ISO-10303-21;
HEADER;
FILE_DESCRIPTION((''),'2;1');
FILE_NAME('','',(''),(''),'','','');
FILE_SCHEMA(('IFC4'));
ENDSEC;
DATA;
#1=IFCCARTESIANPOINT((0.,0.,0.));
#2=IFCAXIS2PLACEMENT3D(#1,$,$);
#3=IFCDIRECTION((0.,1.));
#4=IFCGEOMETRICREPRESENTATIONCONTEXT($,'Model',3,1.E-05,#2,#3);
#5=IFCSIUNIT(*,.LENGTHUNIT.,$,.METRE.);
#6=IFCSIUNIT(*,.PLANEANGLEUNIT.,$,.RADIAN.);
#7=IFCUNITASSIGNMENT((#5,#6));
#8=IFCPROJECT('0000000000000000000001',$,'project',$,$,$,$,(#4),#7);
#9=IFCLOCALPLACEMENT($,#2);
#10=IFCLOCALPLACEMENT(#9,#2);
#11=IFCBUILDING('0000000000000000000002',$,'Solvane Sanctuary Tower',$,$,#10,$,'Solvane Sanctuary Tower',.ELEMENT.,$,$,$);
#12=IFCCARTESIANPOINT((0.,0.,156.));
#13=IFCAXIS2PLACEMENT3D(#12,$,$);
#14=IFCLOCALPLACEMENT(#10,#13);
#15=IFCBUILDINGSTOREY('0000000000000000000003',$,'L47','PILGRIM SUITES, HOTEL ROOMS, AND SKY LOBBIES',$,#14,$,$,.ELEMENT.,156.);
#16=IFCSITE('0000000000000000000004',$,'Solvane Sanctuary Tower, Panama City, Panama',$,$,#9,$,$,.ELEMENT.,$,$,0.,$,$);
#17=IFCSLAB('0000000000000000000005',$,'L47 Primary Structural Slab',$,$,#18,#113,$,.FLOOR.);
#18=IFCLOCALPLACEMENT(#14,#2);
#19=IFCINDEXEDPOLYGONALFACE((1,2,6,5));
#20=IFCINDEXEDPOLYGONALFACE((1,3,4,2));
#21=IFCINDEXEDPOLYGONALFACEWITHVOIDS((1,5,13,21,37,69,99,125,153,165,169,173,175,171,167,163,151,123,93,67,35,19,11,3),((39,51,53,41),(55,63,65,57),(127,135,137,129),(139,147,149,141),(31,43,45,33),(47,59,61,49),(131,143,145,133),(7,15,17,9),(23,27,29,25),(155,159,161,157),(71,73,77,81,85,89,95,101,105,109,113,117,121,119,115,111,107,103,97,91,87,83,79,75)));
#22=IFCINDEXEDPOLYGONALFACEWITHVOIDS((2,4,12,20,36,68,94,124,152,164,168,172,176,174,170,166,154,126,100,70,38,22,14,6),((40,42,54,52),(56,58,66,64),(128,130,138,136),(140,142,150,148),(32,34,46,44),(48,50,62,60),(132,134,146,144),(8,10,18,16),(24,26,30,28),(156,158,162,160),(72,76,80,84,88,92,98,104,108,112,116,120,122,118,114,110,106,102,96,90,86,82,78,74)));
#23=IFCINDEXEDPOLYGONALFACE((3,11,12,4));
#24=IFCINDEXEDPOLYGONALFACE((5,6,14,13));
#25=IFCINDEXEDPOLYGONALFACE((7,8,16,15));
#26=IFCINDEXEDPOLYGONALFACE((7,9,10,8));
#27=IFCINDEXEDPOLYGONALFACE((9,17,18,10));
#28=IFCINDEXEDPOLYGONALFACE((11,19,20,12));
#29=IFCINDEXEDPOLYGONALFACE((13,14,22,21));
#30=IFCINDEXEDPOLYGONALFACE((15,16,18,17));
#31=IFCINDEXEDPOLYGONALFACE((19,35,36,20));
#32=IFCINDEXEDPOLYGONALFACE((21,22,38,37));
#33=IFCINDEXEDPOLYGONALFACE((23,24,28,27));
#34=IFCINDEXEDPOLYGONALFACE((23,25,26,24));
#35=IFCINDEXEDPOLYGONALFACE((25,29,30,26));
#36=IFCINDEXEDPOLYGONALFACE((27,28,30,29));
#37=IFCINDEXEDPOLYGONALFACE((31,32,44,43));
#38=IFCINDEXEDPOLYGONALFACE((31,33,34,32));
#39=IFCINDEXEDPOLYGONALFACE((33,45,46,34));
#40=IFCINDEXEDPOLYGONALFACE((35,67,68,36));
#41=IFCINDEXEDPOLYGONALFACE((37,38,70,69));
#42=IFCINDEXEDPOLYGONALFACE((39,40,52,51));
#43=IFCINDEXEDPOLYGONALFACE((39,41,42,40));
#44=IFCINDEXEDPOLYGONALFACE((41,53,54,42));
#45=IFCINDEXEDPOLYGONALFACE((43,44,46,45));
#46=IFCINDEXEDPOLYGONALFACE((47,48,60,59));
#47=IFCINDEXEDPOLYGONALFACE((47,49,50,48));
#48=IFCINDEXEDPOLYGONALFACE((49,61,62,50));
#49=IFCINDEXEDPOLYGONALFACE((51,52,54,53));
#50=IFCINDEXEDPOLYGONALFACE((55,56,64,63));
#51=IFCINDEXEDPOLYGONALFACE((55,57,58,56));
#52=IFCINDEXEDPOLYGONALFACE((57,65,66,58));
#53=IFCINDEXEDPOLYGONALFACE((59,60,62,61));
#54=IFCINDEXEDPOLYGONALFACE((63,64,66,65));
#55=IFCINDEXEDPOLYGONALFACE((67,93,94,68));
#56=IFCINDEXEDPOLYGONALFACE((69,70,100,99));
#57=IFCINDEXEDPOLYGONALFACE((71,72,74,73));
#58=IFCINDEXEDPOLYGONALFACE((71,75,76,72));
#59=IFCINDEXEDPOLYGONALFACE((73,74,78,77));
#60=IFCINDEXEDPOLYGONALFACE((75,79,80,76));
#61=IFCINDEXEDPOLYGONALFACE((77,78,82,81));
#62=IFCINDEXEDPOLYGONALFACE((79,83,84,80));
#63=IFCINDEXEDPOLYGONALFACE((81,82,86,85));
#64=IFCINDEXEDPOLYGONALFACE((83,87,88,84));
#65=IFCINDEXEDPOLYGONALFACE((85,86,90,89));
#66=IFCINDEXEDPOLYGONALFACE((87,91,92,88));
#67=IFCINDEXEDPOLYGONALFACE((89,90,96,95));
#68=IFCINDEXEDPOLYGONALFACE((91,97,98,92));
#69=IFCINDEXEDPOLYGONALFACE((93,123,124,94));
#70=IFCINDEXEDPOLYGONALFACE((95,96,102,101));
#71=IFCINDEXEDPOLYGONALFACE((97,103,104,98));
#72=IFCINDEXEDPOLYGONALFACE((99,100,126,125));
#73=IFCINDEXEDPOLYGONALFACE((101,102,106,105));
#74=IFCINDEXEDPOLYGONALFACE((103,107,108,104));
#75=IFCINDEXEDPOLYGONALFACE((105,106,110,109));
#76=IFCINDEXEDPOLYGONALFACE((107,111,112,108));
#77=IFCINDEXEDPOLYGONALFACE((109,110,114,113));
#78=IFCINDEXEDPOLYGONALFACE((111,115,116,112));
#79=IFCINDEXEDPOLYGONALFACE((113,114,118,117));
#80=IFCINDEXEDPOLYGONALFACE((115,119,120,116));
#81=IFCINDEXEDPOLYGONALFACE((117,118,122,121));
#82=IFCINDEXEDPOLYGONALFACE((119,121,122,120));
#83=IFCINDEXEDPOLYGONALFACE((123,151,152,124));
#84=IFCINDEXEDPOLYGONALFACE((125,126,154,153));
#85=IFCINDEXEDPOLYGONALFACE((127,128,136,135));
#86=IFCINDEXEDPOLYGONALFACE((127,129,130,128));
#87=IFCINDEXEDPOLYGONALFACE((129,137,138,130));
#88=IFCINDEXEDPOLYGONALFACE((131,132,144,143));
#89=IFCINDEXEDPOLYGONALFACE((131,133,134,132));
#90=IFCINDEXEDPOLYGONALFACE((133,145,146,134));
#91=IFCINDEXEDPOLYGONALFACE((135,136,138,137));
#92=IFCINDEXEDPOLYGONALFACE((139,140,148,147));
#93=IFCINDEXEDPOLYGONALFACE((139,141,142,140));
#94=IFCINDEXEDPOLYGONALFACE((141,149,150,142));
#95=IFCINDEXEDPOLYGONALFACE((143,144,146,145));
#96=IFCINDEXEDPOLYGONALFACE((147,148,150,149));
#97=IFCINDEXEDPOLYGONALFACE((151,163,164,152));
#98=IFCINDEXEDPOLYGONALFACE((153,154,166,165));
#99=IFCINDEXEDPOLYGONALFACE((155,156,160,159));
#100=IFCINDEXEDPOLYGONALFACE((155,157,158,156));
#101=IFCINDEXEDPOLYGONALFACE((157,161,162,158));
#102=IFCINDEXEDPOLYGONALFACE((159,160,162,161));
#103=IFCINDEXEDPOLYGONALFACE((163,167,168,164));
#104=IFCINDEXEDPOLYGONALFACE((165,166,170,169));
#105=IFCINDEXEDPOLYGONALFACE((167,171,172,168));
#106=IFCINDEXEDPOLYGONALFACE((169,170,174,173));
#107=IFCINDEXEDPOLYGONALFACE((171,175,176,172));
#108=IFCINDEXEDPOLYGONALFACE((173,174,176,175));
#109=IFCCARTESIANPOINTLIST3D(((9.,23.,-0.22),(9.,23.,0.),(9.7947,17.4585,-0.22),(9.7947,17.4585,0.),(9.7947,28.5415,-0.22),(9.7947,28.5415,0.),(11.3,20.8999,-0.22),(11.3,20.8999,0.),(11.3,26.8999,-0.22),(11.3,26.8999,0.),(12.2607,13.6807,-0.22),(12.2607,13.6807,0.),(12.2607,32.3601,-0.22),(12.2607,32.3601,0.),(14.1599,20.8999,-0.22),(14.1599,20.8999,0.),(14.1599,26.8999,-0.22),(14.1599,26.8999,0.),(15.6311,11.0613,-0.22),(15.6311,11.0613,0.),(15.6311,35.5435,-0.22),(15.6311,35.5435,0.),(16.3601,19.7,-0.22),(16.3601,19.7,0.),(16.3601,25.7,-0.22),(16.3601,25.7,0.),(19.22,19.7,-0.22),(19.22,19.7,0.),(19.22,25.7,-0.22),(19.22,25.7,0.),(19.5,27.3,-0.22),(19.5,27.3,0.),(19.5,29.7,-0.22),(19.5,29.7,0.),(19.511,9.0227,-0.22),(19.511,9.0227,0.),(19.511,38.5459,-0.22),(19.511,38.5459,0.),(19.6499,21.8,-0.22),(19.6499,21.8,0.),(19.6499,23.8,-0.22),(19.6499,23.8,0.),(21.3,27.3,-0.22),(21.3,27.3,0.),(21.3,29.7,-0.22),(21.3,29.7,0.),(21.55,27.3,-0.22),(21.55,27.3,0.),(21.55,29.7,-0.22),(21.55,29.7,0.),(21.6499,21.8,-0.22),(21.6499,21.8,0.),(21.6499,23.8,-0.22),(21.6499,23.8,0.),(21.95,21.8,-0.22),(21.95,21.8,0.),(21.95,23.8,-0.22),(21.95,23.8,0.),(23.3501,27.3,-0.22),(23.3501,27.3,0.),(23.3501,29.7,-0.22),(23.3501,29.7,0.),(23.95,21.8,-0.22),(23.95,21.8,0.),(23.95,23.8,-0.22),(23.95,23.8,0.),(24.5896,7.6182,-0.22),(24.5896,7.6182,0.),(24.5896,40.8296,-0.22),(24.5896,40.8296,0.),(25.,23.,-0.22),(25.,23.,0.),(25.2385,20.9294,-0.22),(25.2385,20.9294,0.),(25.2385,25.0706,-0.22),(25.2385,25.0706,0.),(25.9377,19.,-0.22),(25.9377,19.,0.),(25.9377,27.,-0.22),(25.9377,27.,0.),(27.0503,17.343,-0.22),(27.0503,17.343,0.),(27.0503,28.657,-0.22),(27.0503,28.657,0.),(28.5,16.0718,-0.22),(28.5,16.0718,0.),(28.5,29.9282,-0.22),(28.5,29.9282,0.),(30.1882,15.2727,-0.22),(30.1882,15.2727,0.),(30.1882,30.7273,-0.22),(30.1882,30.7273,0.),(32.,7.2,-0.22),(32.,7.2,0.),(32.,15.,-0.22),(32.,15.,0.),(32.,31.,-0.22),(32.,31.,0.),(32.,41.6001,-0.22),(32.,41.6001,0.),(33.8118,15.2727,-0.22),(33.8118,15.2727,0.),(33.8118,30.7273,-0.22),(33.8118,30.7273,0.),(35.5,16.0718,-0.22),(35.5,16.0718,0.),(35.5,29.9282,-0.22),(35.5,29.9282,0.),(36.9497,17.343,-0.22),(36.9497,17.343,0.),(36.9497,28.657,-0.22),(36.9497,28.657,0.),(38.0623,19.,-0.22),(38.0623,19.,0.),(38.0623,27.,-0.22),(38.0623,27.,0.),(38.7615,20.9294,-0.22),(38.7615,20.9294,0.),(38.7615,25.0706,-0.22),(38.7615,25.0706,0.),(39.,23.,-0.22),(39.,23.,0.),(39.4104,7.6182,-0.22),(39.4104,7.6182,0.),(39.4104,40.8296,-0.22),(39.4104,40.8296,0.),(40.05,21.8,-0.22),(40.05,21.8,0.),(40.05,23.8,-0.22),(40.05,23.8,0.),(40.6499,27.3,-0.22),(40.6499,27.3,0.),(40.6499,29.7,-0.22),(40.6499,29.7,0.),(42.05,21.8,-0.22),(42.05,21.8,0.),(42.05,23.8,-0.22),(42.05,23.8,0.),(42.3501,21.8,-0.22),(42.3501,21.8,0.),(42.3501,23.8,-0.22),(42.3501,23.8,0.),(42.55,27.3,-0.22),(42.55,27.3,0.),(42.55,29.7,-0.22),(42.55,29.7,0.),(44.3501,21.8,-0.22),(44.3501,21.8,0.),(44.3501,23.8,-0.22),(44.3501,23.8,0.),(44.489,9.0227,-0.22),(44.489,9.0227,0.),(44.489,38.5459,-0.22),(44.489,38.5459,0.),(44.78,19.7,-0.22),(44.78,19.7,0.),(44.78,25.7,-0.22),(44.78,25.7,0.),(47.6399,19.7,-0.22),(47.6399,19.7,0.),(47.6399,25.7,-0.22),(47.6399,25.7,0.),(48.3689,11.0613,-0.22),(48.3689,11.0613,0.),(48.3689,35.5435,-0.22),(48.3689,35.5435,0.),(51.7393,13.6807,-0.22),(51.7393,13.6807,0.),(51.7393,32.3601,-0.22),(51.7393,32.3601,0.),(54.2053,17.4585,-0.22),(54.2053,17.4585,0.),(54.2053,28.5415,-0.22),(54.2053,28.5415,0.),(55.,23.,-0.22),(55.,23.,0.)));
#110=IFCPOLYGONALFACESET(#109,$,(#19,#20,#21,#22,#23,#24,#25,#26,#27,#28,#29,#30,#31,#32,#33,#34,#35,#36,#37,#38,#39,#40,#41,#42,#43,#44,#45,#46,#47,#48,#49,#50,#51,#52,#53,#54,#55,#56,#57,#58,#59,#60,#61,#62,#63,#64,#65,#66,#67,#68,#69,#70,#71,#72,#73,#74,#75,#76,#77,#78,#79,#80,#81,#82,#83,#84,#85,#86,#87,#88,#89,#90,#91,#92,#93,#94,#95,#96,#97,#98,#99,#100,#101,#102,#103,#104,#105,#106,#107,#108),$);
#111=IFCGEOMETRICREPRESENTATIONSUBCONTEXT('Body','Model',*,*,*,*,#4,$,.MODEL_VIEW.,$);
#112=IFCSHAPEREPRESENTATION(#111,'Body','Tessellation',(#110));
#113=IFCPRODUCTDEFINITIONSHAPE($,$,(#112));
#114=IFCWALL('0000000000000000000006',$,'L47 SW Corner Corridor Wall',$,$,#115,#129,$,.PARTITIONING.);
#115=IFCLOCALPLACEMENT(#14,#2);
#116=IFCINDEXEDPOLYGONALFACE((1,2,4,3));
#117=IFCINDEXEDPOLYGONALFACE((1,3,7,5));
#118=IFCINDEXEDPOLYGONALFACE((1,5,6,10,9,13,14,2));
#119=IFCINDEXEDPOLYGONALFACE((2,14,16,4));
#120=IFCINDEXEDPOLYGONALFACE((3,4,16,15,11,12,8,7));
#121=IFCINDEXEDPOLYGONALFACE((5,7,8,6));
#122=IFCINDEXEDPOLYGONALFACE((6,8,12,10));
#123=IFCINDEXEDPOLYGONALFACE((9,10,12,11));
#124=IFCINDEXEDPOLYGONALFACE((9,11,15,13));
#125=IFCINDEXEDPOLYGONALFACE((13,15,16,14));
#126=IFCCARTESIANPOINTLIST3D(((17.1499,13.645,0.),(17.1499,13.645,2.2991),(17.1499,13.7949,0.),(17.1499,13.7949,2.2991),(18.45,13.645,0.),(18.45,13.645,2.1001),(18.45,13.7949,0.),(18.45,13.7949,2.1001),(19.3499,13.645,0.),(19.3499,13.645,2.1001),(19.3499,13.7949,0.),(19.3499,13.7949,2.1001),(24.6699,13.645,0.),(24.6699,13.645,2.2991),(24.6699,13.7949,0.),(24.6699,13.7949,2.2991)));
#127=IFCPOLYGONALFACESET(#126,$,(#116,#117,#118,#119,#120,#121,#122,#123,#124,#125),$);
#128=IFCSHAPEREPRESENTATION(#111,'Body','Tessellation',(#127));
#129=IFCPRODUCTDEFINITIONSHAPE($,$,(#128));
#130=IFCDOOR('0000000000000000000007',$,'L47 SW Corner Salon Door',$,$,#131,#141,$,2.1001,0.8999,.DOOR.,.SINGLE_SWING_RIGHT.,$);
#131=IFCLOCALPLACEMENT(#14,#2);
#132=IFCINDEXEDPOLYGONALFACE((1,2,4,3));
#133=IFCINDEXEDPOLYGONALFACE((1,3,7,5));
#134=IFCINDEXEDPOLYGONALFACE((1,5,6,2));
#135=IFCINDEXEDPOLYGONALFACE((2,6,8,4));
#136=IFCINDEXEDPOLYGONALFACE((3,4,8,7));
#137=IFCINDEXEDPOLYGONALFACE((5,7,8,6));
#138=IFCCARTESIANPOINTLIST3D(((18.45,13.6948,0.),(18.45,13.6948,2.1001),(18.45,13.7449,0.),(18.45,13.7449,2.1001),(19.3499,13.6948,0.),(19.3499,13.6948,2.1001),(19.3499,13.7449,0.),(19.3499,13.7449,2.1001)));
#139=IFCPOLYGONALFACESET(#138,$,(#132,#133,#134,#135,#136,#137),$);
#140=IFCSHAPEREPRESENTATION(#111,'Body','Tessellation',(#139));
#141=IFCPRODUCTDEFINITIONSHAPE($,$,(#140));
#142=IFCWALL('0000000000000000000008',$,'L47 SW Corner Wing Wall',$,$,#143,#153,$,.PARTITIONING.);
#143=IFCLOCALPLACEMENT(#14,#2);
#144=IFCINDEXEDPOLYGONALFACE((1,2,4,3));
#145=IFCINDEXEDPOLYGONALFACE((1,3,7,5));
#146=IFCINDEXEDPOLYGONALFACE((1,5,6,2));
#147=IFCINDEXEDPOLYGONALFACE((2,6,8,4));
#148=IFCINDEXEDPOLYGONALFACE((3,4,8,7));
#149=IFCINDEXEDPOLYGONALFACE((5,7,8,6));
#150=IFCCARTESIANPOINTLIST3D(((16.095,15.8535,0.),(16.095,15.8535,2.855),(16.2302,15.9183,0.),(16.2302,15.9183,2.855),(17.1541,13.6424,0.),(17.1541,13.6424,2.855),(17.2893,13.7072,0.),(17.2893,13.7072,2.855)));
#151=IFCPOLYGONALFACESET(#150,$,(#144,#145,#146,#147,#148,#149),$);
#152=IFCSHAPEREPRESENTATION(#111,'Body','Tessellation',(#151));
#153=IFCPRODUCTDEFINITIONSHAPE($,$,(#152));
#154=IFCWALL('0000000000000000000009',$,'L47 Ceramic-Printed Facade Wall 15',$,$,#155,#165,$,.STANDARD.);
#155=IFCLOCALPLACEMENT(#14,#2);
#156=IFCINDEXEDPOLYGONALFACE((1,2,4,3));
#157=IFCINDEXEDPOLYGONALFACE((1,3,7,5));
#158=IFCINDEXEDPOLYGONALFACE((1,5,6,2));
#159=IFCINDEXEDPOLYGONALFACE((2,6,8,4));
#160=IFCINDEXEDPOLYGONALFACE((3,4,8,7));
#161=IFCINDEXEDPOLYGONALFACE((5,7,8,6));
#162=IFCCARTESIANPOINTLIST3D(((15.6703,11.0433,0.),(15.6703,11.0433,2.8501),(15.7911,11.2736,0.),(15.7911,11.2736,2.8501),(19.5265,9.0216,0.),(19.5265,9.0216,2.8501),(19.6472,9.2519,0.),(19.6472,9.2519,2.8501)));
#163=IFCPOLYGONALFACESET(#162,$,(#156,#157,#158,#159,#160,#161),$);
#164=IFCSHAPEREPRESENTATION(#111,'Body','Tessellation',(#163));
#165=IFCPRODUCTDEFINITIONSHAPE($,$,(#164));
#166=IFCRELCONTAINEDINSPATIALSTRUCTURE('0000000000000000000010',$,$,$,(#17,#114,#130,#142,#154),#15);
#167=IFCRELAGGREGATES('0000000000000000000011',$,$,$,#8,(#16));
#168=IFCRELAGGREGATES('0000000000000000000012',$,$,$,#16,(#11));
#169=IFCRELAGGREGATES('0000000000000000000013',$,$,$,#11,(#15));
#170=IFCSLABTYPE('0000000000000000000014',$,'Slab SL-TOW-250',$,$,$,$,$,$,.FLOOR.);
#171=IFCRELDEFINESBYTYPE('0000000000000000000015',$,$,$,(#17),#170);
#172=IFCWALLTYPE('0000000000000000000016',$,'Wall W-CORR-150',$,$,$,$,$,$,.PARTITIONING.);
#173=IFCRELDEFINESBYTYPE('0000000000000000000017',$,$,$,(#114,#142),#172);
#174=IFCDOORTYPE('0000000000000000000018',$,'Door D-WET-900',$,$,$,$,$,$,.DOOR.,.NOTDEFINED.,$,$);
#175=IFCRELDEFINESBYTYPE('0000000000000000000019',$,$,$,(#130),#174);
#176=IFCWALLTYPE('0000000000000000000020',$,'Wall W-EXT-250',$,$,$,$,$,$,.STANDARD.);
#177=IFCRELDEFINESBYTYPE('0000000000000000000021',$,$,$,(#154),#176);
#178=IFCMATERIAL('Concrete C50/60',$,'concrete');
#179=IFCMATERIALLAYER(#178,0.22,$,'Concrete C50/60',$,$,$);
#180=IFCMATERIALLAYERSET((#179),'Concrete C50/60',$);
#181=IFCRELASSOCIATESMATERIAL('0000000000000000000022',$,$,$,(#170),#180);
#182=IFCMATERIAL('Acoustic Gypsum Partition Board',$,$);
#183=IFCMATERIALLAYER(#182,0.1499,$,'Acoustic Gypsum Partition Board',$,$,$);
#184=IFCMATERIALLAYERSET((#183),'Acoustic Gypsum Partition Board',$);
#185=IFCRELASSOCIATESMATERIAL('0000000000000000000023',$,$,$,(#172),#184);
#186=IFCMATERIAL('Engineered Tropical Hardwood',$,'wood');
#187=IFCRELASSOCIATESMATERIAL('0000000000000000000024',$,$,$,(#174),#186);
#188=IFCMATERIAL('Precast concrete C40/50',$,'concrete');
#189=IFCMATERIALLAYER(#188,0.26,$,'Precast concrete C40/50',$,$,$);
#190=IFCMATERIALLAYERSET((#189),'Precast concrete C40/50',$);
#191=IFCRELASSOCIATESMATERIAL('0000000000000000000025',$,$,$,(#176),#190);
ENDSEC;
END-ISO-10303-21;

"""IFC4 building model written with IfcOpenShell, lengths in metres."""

from ifc_helpers import new_model, si_unit, direction, frame, frame_2d, origin, place, context, subcontext, project, spatial, polyline, rectangle, outline, extrude, material, layer, layer_set, type_object, element, fill, save


model = new_model("IFC4")

# Units and contexts
model_context = context("Model", 3, precision=1e-05, world=origin(), true_north=direction((0.0, 1.0)))
body_context = subcontext(model_context, "Body", "Model", "MODEL_VIEW")
ifc_project = project(units=[si_unit("LENGTHUNIT", "METRE"), si_unit("PLANEANGLEUNIT", "RADIAN")], contexts=[model_context])

# Site, building, storey
site_placement = place(None, origin())
site = spatial("IfcSite", under=ifc_project, at=site_placement, Name="Solvane Sanctuary Tower, Panama City, Panama", CompositionType="ELEMENT", RefElevation=0.0)
building_placement = place(site_placement, origin())
building = spatial("IfcBuilding", under=site, at=building_placement, Name="Solvane Sanctuary Tower", LongName="Solvane Sanctuary Tower", CompositionType="ELEMENT")
storey_placement = place(building_placement, frame((0.0, 0.0, 156.0)))
storey = spatial("IfcBuildingStorey", under=building, at=storey_placement, Name="L47", Description="PILGRIM SUITES, HOTEL ROOMS, AND SKY LOBBIES", CompositionType="ELEMENT", Elevation=156.0)

# Shared definitions
ifc_material_1 = material(Name="Precast concrete C40/50", Category="concrete")

# Slab
ifc_material_2 = material(Name="Concrete C50/60", Category="concrete")
ifc_layer_1 = layer(ifc_material_2, 0.22, Name="Concrete C50/60")
ifc_layer_set_1 = layer_set([ifc_layer_1], Name="Concrete C50/60")
slab_type_1 = type_object("IfcSlabType", Name="Slab SL-TOW-250", PredefinedType="FLOOR", material=ifc_layer_set_1)
slab_1_placement = place(storey_placement, frame((0.0, 0.0, -0.22)))
element("IfcSlab", 1, at=slab_1_placement, inside=storey, type_object=slab_type_1, Name="L47 Primary Structural Slab", PredefinedType="FLOOR", context=body_context, shape_type="SweptSolid", body=[
    extrude(outline(polyline([(55.0, 23.0), (54.2053, 28.5415), (51.7393, 32.3601), (48.3689, 35.5435), (44.489, 38.5459), (39.4104, 40.8296), (32.0, 41.6001), (24.5896, 40.8296), (19.511, 38.5459), (15.6311, 35.5435), (12.2607, 32.3601), (9.7947, 28.5415), (9.0, 23.0), (9.7947, 17.4585), (12.2607, 13.6807), (15.6311, 11.0613), (19.511, 9.0227), (24.5896, 7.6182), (32.0, 7.2), (39.4104, 7.6182), (44.489, 9.0227), (48.3689, 11.0613), (51.7393, 13.6807), (54.2053, 17.4585), (55.0, 23.0)]), holes=[polyline([(38.7615, 20.9294), (38.0623, 19.0), (36.9497, 17.343), (35.5, 16.0718), (33.8118, 15.2727), (32.0, 15.0), (30.1882, 15.2727), (28.5, 16.0718), (27.0503, 17.343), (25.9377, 19.0), (25.2385, 20.9294), (25.0, 23.0), (25.2385, 25.0706), (25.9377, 27.0), (27.0503, 28.657), (28.5, 29.9282), (30.1882, 30.7273), (32.0, 31.0), (33.8118, 30.7273), (35.5, 29.9282), (36.9497, 28.657), (38.0623, 27.0), (38.7615, 25.0706), (39.0, 23.0), (38.7615, 20.9294)]), polyline([(16.3601, 19.7), (16.3601, 25.7), (19.22, 25.7), (19.22, 19.7), (16.3601, 19.7)]), polyline([(44.78, 19.7), (44.78, 25.7), (47.6399, 25.7), (47.6399, 19.7), (44.78, 19.7)]), polyline([(11.3, 20.8999), (11.3, 26.8999), (14.1599, 26.8999), (14.1599, 20.8999), (11.3, 20.8999)]), polyline([(19.6499, 23.8), (21.6499, 23.8), (21.6499, 21.8), (19.6499, 21.8), (19.6499, 23.8)]), polyline([(42.3501, 23.8), (44.3501, 23.8), (44.3501, 21.8), (42.3501, 21.8), (42.3501, 23.8)]), polyline([(21.95, 23.8), (23.95, 23.8), (23.95, 21.8), (21.95, 21.8), (21.95, 23.8)]), polyline([(40.05, 23.8), (42.05, 23.8), (42.05, 21.8), (40.05, 21.8), (40.05, 23.8)]), polyline([(19.5, 29.7), (21.3, 29.7), (21.3, 27.3), (19.5, 27.3), (19.5, 29.7)]), polyline([(21.55, 29.7), (23.3501, 29.7), (23.3501, 27.3), (21.55, 27.3), (21.55, 29.7)]), polyline([(40.6499, 29.7), (42.55, 29.7), (42.55, 27.3), (40.6499, 27.3), (40.6499, 29.7)])]), origin(), (0.0, 0.0, 1.0), 0.22),
])

# Wall, opening, door
ifc_material_3 = material(Name="Acoustic Gypsum Partition Board")
ifc_layer_2 = layer(ifc_material_3, 0.1499, Name="Acoustic Gypsum Partition Board")
ifc_layer_set_2 = layer_set([ifc_layer_2], Name="Acoustic Gypsum Partition Board")
wall_type_1 = type_object("IfcWallType", Name="Wall W-CORR-150", PredefinedType="PARTITIONING", material=ifc_layer_set_2)
wall_1_placement = place(storey_placement, frame((17.1499, 13.72, 0.0), z_axis=(0.0, 0.0, 1.0), x_axis=(1.0, 0.0, 0.0)))
wall_1 = element("IfcWall", 2, at=wall_1_placement, inside=storey, type_object=wall_type_1, Name="L47 SW Corner Corridor Wall", PredefinedType="PARTITIONING", context=body_context, shape_type="SweptSolid", body=[
    extrude(rectangle(XDim=7.52, YDim=0.1499, at=frame_2d((3.76, 0.0))), origin(), (0.0, 0.0, 1.0), 2.2991),
])
opening_placement = place(wall_1_placement, frame((1.3, 0.0, 0.0)))
opening = element("IfcOpeningElement", 3, at=opening_placement, cuts=wall_1, PredefinedType="OPENING", context=body_context, shape_type="SweptSolid", body=[
    extrude(rectangle(XDim=0.8999, YDim=2.1001, at=frame_2d((0.45, 1.05))), frame((0.0, 0.085, 0.0), z_axis=(0.0, -1.0, 0.0), x_axis=(1.0, 0.0, 0.0)), (0.0, 0.0, 1.0), 0.1699),
])
ifc_material_4 = material(Name="Engineered Tropical Hardwood", Category="wood")
door_type = type_object("IfcDoorType", Name="Door D-WET-900", OperationType="NOTDEFINED", PredefinedType="DOOR", material=ifc_material_4)
door_placement = place(opening_placement, origin())
door = element("IfcDoor", 4, at=door_placement, inside=storey, type_object=door_type, Name="L47 SW Corner Salon Door", OperationType="SINGLE_SWING_RIGHT", OverallHeight=2.1001, OverallWidth=0.8999, PredefinedType="DOOR", context=body_context, shape_type="SweptSolid", body=[
    extrude(rectangle(XDim=0.8999, YDim=2.1001, at=frame_2d((0.45, 1.05))), frame((0.0, 0.0249, 0.0), z_axis=(0.0, -1.0, 0.0), x_axis=(1.0, 0.0, 0.0)), (0.0, 0.0, 1.0), 0.05),
])
fill(opening, door)

# Walls
wall_2_placement = place(storey_placement, frame((17.2217, 13.6748, 0.0), z_axis=(0.0, 0.0, 1.0), x_axis=(-0.431973, 0.901886, 0.0)))
element("IfcWall", 5, at=wall_2_placement, inside=storey, type_object=wall_type_1, Name="L47 SW Corner Wing Wall", PredefinedType="PARTITIONING", context=body_context, shape_type="SweptSolid", body=[
    extrude(rectangle(XDim=2.4517, YDim=0.1499, at=frame_2d((1.2258, 0.0))), origin(), (0.0, 0.0, 1.0), 2.855),
])
ifc_layer_3 = layer(ifc_material_1, 0.26, Name="Precast concrete C40/50")
ifc_layer_set_3 = layer_set([ifc_layer_3], Name="Precast concrete C40/50")
wall_type_2 = type_object("IfcWallType", Name="Wall W-EXT-250", PredefinedType="STANDARD", material=ifc_layer_set_3)
wall_3_placement = place(storey_placement, frame((15.7307, 11.1584, 0.0), z_axis=(0.0, 0.0, 1.0), x_axis=(0.88566, -0.464334, 0.0)))
element("IfcWall", 6, at=wall_3_placement, inside=storey, type_object=wall_type_2, Name="L47 Ceramic-Printed Facade Wall 15", PredefinedType="STANDARD", context=body_context, shape_type="SweptSolid", body=[
    extrude(rectangle(XDim=4.354, YDim=0.26, at=frame_2d((2.177, 0.0))), origin(), (0.0, 0.0, 1.0), 2.8501),
])

save(model, "model.ifc")
